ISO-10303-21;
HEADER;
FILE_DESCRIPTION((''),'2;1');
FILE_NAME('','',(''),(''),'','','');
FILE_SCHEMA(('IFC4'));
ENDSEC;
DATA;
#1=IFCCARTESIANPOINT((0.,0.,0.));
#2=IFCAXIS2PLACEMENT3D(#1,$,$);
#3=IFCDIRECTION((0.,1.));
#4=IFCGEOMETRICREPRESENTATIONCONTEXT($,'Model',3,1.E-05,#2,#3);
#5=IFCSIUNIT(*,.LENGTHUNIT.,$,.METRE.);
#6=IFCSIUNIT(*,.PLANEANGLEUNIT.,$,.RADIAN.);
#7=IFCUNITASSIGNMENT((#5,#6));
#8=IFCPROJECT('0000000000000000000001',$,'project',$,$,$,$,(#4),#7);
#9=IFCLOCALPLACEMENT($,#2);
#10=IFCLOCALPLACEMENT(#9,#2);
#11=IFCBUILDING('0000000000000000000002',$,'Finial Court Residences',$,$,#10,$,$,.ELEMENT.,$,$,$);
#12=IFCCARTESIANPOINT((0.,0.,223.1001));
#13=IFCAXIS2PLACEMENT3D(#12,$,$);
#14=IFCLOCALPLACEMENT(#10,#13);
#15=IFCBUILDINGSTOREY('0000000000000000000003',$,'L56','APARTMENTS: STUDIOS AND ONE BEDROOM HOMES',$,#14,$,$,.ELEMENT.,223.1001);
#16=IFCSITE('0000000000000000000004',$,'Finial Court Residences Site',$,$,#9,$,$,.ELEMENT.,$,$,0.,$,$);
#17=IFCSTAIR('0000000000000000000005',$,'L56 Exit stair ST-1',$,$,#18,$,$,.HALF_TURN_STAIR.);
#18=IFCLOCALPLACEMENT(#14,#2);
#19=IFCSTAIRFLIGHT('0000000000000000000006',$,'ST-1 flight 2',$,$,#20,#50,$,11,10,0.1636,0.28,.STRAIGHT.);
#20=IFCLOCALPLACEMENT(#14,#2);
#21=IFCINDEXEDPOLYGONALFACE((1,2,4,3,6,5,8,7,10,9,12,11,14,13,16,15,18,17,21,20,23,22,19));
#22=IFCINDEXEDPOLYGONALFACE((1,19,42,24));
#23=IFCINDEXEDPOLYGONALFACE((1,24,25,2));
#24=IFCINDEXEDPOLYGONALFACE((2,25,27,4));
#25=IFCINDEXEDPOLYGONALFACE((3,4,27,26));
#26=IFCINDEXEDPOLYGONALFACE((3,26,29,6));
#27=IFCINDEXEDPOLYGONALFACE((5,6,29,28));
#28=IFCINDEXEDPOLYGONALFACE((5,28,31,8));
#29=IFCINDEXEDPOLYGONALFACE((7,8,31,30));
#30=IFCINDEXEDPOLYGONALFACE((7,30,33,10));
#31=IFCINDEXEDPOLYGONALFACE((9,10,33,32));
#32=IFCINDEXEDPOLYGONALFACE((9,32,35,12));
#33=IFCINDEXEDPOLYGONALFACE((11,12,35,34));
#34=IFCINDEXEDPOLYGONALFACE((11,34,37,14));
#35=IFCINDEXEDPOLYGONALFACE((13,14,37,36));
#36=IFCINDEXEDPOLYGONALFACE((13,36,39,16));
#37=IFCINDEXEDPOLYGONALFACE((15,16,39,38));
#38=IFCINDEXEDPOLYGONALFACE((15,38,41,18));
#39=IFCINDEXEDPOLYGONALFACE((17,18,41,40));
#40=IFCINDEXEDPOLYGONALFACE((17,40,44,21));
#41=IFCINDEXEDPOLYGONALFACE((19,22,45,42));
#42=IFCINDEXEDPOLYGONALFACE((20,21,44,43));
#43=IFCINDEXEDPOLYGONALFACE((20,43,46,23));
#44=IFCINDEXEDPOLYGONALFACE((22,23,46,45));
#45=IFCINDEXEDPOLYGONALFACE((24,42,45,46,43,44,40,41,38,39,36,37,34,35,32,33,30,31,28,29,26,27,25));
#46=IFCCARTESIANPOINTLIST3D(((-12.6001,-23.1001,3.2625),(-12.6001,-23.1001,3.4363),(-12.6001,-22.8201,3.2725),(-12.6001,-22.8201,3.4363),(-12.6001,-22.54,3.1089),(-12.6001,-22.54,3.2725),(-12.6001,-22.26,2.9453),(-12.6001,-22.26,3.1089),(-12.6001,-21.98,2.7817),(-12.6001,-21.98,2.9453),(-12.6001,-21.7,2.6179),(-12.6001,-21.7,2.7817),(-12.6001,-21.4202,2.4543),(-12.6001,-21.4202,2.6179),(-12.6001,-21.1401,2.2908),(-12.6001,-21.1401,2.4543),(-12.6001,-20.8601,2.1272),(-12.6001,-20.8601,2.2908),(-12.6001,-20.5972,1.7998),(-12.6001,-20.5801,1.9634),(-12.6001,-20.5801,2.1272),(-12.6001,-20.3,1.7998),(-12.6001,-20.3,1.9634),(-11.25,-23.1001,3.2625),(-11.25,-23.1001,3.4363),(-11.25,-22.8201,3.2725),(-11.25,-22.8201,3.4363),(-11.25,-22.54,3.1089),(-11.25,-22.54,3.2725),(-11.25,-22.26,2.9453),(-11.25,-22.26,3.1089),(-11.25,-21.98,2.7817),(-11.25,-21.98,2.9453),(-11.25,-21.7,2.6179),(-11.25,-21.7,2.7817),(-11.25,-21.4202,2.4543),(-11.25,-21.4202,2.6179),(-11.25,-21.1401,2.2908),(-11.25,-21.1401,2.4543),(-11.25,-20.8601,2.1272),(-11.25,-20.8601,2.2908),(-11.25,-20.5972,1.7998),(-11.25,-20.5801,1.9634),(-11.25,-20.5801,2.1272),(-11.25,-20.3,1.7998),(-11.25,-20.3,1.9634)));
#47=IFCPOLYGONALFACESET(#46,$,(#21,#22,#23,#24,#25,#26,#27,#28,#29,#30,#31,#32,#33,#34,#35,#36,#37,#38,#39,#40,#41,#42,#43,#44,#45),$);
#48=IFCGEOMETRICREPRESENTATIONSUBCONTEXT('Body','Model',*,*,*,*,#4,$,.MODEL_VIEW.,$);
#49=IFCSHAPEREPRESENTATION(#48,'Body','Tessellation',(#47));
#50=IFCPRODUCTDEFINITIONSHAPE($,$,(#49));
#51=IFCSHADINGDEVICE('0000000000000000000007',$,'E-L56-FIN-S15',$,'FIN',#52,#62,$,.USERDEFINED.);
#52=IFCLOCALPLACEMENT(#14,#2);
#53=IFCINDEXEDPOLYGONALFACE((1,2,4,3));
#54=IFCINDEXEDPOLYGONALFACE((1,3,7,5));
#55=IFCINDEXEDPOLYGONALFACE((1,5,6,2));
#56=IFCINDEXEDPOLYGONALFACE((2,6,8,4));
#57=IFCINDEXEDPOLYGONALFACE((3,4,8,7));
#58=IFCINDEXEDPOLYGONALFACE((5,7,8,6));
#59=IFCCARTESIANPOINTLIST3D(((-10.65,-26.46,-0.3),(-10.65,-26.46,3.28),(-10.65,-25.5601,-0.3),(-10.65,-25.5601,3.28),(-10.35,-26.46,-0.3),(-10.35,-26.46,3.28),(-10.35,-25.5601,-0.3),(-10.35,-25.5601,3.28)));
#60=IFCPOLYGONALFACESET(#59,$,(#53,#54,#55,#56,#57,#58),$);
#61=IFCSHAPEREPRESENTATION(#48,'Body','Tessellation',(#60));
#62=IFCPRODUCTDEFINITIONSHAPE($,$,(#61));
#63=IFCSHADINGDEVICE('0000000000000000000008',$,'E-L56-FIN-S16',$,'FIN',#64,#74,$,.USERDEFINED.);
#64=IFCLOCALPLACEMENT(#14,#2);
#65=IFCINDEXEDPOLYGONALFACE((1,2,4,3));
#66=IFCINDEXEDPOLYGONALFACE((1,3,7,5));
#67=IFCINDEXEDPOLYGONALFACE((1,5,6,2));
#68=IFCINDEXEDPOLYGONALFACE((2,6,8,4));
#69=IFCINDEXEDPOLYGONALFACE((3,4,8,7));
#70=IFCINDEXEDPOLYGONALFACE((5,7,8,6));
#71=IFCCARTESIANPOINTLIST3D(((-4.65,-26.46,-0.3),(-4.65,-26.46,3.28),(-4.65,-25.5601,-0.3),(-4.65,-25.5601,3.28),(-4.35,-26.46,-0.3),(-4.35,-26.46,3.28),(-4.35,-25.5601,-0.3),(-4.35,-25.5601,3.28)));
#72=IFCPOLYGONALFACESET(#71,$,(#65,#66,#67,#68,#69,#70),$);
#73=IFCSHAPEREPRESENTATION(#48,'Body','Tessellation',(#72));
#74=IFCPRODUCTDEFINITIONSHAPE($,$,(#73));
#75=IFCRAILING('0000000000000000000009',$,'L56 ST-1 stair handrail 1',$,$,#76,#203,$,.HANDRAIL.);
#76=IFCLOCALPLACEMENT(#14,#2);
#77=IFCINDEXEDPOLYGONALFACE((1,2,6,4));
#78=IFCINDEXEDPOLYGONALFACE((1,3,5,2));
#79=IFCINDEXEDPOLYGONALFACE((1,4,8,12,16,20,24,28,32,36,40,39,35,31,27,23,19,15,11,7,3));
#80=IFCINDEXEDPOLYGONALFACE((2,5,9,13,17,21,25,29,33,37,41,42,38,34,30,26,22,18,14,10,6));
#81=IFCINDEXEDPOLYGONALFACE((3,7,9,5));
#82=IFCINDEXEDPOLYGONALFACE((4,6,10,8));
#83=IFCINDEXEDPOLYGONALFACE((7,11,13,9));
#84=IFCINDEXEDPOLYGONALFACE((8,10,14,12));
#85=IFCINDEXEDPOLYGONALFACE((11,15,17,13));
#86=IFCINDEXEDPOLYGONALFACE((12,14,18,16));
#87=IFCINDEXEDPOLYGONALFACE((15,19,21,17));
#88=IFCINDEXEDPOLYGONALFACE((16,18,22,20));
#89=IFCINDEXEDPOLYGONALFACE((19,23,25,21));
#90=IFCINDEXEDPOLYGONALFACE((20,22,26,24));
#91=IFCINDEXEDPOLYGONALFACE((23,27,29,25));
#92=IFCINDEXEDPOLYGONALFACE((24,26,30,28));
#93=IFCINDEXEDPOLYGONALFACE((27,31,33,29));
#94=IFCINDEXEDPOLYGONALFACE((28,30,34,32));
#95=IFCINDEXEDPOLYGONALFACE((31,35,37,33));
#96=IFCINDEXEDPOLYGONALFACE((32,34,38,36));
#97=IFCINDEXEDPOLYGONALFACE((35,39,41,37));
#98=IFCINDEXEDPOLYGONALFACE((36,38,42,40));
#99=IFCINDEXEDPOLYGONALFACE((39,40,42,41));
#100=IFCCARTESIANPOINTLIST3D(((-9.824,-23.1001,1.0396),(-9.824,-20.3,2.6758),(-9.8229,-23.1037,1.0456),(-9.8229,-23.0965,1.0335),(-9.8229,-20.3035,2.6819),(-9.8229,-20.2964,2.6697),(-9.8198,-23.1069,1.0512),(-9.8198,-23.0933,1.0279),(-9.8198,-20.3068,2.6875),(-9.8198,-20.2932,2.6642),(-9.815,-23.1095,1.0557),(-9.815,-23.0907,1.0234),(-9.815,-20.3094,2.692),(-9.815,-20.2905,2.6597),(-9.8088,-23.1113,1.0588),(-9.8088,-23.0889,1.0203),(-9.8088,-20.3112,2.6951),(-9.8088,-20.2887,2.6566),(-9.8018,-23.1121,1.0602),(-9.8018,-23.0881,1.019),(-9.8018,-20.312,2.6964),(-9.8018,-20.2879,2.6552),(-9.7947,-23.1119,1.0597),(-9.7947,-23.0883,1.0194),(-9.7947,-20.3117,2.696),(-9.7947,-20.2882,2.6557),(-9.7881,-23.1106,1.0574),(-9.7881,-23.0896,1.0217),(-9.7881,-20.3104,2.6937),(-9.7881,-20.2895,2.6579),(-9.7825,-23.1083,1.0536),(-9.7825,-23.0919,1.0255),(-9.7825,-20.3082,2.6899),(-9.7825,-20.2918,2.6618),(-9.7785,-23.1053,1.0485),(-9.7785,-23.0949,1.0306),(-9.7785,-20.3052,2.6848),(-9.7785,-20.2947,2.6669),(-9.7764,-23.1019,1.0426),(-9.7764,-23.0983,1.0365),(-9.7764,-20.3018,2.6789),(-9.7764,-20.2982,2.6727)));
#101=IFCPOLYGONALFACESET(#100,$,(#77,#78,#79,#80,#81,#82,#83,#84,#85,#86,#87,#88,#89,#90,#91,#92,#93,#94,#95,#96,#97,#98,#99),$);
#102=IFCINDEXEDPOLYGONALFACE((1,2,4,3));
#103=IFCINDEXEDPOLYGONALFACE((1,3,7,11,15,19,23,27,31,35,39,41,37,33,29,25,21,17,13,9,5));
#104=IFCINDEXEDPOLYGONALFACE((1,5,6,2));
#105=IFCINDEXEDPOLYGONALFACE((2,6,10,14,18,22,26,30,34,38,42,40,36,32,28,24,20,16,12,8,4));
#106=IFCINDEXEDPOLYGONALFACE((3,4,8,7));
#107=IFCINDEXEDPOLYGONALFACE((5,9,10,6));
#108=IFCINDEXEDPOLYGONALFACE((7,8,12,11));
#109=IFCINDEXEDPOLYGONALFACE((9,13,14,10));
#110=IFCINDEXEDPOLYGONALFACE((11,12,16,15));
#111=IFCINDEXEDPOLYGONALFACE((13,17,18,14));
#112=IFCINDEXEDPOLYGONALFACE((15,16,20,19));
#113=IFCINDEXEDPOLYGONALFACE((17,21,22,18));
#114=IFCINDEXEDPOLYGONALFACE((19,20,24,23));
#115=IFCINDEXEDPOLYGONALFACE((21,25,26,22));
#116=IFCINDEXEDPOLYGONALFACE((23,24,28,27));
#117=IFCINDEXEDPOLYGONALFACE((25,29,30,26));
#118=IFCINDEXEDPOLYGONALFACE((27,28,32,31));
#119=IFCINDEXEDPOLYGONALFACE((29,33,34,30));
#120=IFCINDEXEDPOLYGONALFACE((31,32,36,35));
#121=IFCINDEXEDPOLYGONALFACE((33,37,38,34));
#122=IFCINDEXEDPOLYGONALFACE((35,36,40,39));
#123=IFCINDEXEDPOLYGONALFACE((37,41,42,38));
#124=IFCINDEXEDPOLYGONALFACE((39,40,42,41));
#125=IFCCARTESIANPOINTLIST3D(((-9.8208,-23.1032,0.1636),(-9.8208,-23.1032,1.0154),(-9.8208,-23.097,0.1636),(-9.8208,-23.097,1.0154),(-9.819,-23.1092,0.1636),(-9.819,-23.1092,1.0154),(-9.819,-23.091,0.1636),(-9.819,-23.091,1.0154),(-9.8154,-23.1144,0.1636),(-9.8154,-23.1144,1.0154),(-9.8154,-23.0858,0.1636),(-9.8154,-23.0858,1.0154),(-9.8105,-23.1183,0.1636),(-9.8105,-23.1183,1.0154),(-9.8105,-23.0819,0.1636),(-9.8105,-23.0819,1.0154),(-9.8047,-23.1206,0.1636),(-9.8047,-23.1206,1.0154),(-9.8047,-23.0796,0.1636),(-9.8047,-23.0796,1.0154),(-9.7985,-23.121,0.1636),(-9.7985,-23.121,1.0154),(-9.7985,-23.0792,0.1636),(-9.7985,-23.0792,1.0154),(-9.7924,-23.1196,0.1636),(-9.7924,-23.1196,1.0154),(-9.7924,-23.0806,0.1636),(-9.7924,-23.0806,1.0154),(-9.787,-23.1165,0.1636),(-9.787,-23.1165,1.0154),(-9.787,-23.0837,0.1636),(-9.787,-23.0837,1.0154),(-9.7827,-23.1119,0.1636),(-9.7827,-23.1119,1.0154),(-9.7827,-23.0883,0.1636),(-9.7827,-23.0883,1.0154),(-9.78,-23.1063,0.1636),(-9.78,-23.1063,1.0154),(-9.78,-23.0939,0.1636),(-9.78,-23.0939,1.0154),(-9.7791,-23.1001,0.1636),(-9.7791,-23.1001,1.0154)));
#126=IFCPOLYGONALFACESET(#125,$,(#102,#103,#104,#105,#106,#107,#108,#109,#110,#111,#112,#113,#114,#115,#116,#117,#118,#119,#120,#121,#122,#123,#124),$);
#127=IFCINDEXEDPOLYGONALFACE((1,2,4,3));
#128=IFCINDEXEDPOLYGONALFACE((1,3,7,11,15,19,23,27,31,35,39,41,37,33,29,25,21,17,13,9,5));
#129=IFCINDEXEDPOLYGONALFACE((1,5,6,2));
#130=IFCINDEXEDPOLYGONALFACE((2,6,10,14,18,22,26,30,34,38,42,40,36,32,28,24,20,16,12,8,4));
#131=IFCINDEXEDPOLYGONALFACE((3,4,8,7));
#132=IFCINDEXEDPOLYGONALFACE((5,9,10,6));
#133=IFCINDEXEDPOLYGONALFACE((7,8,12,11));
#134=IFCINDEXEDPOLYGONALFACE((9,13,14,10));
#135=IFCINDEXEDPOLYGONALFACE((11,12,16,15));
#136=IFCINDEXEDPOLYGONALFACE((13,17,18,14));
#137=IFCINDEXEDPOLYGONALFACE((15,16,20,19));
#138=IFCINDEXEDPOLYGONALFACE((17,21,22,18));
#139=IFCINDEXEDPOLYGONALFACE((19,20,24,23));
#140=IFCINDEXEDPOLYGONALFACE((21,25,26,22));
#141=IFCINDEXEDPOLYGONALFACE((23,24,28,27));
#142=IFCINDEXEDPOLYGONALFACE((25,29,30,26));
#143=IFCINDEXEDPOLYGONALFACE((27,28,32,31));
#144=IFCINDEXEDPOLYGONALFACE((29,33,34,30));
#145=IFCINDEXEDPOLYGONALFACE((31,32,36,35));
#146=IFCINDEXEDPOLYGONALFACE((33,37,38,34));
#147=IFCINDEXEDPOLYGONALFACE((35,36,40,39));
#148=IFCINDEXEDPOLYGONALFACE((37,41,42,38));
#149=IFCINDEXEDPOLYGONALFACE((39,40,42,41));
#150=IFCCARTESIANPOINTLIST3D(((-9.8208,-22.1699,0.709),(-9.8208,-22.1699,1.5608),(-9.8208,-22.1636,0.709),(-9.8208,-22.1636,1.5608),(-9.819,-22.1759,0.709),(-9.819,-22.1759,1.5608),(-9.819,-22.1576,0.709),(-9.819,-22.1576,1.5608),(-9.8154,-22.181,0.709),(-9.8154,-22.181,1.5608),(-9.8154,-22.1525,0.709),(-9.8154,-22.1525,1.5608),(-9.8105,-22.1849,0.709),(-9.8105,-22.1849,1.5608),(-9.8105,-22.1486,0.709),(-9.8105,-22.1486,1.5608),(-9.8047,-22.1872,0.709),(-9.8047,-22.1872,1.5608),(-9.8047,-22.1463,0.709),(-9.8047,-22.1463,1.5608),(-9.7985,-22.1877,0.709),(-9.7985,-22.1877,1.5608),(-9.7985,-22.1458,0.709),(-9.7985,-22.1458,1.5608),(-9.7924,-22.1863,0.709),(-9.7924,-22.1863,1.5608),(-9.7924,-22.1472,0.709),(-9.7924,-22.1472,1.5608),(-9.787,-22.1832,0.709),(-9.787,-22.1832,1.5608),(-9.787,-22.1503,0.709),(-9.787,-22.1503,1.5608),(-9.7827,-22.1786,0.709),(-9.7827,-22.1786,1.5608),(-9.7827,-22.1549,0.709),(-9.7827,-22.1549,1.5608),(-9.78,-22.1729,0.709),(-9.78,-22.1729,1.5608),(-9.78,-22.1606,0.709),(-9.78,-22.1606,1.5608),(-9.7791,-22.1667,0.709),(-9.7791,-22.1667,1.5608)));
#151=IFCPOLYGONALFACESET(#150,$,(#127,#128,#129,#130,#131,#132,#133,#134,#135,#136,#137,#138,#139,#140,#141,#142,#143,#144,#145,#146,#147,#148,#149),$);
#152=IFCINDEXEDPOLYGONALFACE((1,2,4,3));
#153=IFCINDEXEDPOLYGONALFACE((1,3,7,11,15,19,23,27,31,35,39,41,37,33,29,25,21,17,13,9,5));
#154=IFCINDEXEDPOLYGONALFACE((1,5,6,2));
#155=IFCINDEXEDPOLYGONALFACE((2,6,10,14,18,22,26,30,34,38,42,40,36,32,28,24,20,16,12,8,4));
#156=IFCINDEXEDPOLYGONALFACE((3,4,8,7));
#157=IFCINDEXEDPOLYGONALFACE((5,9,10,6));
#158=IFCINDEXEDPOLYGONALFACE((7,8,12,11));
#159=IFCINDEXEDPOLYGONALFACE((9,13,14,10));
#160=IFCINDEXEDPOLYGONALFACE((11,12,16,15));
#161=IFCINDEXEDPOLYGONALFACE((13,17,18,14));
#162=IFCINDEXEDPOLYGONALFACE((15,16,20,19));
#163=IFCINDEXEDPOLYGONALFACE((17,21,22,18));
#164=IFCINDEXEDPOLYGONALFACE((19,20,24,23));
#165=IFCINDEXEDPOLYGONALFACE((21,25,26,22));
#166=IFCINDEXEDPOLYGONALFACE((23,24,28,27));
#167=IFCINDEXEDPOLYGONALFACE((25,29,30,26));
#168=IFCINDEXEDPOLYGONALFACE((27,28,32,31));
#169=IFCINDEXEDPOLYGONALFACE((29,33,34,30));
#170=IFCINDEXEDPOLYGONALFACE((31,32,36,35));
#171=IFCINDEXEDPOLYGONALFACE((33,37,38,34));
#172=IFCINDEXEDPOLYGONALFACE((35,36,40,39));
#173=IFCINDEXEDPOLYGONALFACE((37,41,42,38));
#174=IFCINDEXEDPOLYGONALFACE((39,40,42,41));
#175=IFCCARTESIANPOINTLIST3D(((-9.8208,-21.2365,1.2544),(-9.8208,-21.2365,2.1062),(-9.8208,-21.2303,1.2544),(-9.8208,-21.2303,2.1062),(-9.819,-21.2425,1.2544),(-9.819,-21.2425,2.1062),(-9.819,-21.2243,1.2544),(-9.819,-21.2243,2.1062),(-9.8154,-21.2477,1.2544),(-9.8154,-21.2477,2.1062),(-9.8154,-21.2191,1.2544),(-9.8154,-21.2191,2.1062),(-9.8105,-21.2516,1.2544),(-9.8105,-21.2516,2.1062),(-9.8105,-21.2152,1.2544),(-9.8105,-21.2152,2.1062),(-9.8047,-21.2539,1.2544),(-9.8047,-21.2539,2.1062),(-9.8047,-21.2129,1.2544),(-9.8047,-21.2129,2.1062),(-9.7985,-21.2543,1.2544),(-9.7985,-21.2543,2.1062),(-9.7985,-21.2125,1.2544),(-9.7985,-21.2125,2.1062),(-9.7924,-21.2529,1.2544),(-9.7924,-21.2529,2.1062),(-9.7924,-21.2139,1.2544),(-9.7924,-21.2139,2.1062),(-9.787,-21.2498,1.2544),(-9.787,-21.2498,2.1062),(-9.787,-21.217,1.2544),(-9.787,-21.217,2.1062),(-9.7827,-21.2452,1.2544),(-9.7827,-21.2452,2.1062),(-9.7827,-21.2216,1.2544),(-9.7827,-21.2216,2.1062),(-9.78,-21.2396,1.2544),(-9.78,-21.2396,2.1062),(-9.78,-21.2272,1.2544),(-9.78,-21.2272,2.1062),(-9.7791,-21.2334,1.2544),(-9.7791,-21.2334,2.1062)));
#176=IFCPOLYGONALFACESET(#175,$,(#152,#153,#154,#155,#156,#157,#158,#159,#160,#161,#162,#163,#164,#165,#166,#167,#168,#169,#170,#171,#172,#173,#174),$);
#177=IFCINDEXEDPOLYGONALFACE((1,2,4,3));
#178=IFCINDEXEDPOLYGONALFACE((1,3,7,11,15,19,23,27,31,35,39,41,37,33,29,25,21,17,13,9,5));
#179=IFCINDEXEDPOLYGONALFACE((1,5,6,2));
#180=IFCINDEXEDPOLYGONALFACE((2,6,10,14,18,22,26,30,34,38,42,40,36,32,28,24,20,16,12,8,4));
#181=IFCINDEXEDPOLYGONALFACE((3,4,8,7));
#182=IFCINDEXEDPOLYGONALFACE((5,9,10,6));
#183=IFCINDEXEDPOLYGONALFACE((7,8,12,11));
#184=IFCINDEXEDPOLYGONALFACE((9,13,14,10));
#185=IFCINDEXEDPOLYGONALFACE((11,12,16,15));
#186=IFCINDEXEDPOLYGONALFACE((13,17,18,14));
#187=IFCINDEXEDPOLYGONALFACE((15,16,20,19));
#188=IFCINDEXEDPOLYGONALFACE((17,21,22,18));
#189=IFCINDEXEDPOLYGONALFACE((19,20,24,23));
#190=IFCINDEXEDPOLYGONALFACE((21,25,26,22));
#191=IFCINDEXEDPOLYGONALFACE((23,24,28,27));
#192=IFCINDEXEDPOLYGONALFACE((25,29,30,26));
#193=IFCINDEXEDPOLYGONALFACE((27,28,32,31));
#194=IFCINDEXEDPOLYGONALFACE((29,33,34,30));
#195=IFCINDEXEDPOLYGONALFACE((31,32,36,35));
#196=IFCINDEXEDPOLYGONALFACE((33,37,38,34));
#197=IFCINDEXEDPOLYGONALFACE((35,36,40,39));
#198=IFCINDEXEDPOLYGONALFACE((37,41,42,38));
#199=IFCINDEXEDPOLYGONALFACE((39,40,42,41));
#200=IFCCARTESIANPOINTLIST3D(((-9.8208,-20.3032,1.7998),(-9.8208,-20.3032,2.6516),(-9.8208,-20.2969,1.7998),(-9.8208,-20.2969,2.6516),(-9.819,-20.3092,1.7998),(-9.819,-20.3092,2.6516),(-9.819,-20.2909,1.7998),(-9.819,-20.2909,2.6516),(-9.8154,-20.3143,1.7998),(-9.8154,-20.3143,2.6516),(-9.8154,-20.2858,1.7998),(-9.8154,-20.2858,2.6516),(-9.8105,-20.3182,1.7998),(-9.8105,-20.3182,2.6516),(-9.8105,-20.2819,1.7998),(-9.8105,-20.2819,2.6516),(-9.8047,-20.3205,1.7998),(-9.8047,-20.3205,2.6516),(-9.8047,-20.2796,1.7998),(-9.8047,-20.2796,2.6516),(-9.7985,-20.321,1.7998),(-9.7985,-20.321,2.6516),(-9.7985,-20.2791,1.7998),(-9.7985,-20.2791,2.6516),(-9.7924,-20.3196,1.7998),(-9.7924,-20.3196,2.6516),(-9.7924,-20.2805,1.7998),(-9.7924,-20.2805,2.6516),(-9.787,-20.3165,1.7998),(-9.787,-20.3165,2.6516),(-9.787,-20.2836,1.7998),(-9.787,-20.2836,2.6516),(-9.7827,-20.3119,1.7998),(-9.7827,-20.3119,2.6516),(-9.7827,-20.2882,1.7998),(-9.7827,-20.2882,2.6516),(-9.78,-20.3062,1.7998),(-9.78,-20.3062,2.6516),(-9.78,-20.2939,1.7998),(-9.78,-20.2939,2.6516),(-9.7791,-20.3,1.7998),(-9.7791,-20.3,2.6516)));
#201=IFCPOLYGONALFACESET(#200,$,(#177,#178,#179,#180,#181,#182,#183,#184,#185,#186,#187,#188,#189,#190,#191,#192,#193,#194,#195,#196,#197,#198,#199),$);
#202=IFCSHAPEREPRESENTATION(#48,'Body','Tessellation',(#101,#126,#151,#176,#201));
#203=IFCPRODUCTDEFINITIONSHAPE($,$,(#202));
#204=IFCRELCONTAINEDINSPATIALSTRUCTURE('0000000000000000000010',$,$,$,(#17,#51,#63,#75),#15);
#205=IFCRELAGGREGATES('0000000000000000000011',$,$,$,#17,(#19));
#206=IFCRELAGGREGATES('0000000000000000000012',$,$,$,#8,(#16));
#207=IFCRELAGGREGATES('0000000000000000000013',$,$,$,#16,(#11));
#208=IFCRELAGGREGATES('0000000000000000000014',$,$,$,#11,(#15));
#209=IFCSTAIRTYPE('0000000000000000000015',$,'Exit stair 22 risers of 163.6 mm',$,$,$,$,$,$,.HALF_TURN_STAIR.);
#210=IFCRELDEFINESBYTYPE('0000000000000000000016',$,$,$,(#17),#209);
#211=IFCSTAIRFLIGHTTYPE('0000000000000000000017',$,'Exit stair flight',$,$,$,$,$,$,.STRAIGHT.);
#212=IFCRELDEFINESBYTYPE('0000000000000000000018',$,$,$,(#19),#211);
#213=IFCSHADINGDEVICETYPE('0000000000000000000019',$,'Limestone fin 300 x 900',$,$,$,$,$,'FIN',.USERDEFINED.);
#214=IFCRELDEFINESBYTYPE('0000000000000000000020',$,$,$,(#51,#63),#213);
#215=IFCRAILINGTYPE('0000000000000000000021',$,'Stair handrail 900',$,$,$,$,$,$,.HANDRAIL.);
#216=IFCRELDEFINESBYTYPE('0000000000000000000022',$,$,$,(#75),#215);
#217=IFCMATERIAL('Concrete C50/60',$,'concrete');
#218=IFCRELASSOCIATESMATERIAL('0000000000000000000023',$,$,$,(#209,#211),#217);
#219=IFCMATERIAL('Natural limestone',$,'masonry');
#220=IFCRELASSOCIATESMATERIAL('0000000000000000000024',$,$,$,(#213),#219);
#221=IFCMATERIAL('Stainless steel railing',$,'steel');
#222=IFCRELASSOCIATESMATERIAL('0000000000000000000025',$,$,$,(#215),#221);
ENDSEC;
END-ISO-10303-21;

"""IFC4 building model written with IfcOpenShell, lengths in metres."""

from ifc_helpers import new_model, si_unit, direction, frame, origin, origin_2d, place, context, subcontext, project, spatial, polyline, rectangle, circle, outline, extrude, material, type_object, element, aggregate, save


model = new_model("IFC4")

# Units and contexts
model_context = context("Model", 3, precision=1e-05, world=origin(), true_north=direction((0.0, 1.0)))
body_context = subcontext(model_context, "Body", "Model", "MODEL_VIEW")
ifc_project = project(units=[si_unit("LENGTHUNIT", "METRE"), si_unit("PLANEANGLEUNIT", "RADIAN")], contexts=[model_context])

# Site, building, storey
site_placement = place(None, origin())
site = spatial("IfcSite", under=ifc_project, at=site_placement, Name="Finial Court Residences Site", CompositionType="ELEMENT", RefElevation=0.0)
building_placement = place(site_placement, origin())
building = spatial("IfcBuilding", under=site, at=building_placement, Name="Finial Court Residences", CompositionType="ELEMENT")
storey_placement = place(building_placement, frame((0.0, 0.0, 223.1001)))
storey = spatial("IfcBuildingStorey", under=building, at=storey_placement, Name="L56", Description="APARTMENTS: STUDIOS AND ONE BEDROOM HOMES", CompositionType="ELEMENT", Elevation=223.1001)

# Stair, stair flight
ifc_material_1 = material(Name="Concrete C50/60", Category="concrete")
stair_type = type_object("IfcStairType", Name="Exit stair 22 risers of 163.6 mm", PredefinedType="HALF_TURN_STAIR", material=ifc_material_1)
stair_placement = place(storey_placement, origin())
stair = element("IfcStair", 1, at=stair_placement, inside=storey, type_object=stair_type, Name="L56 Exit stair ST-1", PredefinedType="HALF_TURN_STAIR")
stair_flight_type = type_object("IfcStairFlightType", Name="Exit stair flight", PredefinedType="STRAIGHT", material=ifc_material_1)
stair_flight_1_placement = place(storey_placement, frame((-11.925, -20.3, 1.7998), z_axis=(0.0, 0.0, 1.0), x_axis=(0.0, -1.0, 0.0)))
stair_flight_1 = element("IfcStairFlight", 2, at=stair_flight_1_placement, type_object=stair_flight_type, Name="ST-1 flight 2", NumberOfRisers=11, NumberOfTreads=10, PredefinedType="STRAIGHT", RiserHeight=0.1636, TreadLength=0.28, context=body_context, shape_type="SweptSolid", body=[
    extrude(outline(polyline([(0.0, 0.0), (0.0, 0.1636), (0.28, 0.1636), (0.28, 0.3274), (0.5601, 0.3274), (0.5601, 0.491), (0.8401, 0.491), (0.8401, 0.6545), (1.1201, 0.6545), (1.1201, 0.8181), (1.3999, 0.8181), (1.3999, 0.9819), (1.6799, 0.9819), (1.6799, 1.1455), (1.96, 1.1455), (1.96, 1.3091), (2.24, 1.3091), (2.24, 1.4727), (2.52, 1.4727), (2.52, 1.6365), (2.8, 1.6365), (2.8, 1.8), (2.8, 1.4626), (0.2971, 0.0), (0.0, 0.0)])), frame((0.0, 0.675, 0.0), z_axis=(0.0, -1.0, 0.0), x_axis=(1.0, 0.0, 0.0)), (0.0, 0.0, 1.0), 1.3501),
])
aggregate(stair, [stair_flight_1])

# Shading devices
ifc_material_2 = material(Name="Natural limestone", Category="masonry")
shading_device_type = type_object("IfcShadingDeviceType", Name="Limestone fin 300 x 900", ElementType="FIN", PredefinedType="USERDEFINED", material=ifc_material_2)
for number, where, z_axis, x_axis, name in (
    (3, (-10.5, -26.01, -0.3), (0.0, 0.0, 1.0), (1.0, 0.0, 0.0), "E-L56-FIN-S15"),
    (4, (-4.5, -26.01, -0.3), (0.0, 0.0, 1.0), (1.0, 0.0, 0.0), "E-L56-FIN-S16"),
):
    element("IfcShadingDevice", number, at=place(storey_placement, frame(where, z_axis=z_axis, x_axis=x_axis)), inside=storey, type_object=shading_device_type, Name=name, ObjectType="FIN", PredefinedType="USERDEFINED", context=body_context, shape_type="SweptSolid", body=[
        extrude(rectangle(XDim=0.3, YDim=0.8999, at=origin_2d()), origin(), (0.0, 0.0, 1.0), 3.5801),
    ])

# Railing
ifc_material_3 = material(Name="Stainless steel railing", Category="steel")
railing_type_1 = type_object("IfcRailingType", Name="Stair handrail 900", PredefinedType="HANDRAIL", material=ifc_material_3)
railing_1_placement = place(storey_placement, frame((-9.8, -23.1001, 0.1636)))
element("IfcRailing", 5, at=railing_1_placement, inside=storey, type_object=railing_type_1, Name="L56 ST-1 stair handrail 1", PredefinedType="HANDRAIL", context=body_context, shape_type="SweptSolid", body=[
    extrude(circle(Radius=0.0239, at=origin_2d()), frame((0.0, 0.0, 0.876), z_axis=(0.0, 0.863394, 0.504531), x_axis=(-1.0, 0.0, 0.0)), (0.0, 0.0, 1.0), 3.2432),
    extrude(circle(Radius=0.021, at=origin_2d()), origin(), (0.0, 0.0, 1.0), 0.8518),
    extrude(circle(Radius=0.021, at=origin_2d()), frame((0.0, 0.9333, 0.5454)), (0.0, 0.0, 1.0), 0.8518),
    extrude(circle(Radius=0.021, at=origin_2d()), frame((0.0, 1.8667, 1.0908)), (0.0, 0.0, 1.0), 0.8518),
    extrude(circle(Radius=0.021, at=origin_2d()), frame((0.0, 2.8, 1.6362)), (0.0, 0.0, 1.0), 0.8518),
])

save(model, "model.ifc")
